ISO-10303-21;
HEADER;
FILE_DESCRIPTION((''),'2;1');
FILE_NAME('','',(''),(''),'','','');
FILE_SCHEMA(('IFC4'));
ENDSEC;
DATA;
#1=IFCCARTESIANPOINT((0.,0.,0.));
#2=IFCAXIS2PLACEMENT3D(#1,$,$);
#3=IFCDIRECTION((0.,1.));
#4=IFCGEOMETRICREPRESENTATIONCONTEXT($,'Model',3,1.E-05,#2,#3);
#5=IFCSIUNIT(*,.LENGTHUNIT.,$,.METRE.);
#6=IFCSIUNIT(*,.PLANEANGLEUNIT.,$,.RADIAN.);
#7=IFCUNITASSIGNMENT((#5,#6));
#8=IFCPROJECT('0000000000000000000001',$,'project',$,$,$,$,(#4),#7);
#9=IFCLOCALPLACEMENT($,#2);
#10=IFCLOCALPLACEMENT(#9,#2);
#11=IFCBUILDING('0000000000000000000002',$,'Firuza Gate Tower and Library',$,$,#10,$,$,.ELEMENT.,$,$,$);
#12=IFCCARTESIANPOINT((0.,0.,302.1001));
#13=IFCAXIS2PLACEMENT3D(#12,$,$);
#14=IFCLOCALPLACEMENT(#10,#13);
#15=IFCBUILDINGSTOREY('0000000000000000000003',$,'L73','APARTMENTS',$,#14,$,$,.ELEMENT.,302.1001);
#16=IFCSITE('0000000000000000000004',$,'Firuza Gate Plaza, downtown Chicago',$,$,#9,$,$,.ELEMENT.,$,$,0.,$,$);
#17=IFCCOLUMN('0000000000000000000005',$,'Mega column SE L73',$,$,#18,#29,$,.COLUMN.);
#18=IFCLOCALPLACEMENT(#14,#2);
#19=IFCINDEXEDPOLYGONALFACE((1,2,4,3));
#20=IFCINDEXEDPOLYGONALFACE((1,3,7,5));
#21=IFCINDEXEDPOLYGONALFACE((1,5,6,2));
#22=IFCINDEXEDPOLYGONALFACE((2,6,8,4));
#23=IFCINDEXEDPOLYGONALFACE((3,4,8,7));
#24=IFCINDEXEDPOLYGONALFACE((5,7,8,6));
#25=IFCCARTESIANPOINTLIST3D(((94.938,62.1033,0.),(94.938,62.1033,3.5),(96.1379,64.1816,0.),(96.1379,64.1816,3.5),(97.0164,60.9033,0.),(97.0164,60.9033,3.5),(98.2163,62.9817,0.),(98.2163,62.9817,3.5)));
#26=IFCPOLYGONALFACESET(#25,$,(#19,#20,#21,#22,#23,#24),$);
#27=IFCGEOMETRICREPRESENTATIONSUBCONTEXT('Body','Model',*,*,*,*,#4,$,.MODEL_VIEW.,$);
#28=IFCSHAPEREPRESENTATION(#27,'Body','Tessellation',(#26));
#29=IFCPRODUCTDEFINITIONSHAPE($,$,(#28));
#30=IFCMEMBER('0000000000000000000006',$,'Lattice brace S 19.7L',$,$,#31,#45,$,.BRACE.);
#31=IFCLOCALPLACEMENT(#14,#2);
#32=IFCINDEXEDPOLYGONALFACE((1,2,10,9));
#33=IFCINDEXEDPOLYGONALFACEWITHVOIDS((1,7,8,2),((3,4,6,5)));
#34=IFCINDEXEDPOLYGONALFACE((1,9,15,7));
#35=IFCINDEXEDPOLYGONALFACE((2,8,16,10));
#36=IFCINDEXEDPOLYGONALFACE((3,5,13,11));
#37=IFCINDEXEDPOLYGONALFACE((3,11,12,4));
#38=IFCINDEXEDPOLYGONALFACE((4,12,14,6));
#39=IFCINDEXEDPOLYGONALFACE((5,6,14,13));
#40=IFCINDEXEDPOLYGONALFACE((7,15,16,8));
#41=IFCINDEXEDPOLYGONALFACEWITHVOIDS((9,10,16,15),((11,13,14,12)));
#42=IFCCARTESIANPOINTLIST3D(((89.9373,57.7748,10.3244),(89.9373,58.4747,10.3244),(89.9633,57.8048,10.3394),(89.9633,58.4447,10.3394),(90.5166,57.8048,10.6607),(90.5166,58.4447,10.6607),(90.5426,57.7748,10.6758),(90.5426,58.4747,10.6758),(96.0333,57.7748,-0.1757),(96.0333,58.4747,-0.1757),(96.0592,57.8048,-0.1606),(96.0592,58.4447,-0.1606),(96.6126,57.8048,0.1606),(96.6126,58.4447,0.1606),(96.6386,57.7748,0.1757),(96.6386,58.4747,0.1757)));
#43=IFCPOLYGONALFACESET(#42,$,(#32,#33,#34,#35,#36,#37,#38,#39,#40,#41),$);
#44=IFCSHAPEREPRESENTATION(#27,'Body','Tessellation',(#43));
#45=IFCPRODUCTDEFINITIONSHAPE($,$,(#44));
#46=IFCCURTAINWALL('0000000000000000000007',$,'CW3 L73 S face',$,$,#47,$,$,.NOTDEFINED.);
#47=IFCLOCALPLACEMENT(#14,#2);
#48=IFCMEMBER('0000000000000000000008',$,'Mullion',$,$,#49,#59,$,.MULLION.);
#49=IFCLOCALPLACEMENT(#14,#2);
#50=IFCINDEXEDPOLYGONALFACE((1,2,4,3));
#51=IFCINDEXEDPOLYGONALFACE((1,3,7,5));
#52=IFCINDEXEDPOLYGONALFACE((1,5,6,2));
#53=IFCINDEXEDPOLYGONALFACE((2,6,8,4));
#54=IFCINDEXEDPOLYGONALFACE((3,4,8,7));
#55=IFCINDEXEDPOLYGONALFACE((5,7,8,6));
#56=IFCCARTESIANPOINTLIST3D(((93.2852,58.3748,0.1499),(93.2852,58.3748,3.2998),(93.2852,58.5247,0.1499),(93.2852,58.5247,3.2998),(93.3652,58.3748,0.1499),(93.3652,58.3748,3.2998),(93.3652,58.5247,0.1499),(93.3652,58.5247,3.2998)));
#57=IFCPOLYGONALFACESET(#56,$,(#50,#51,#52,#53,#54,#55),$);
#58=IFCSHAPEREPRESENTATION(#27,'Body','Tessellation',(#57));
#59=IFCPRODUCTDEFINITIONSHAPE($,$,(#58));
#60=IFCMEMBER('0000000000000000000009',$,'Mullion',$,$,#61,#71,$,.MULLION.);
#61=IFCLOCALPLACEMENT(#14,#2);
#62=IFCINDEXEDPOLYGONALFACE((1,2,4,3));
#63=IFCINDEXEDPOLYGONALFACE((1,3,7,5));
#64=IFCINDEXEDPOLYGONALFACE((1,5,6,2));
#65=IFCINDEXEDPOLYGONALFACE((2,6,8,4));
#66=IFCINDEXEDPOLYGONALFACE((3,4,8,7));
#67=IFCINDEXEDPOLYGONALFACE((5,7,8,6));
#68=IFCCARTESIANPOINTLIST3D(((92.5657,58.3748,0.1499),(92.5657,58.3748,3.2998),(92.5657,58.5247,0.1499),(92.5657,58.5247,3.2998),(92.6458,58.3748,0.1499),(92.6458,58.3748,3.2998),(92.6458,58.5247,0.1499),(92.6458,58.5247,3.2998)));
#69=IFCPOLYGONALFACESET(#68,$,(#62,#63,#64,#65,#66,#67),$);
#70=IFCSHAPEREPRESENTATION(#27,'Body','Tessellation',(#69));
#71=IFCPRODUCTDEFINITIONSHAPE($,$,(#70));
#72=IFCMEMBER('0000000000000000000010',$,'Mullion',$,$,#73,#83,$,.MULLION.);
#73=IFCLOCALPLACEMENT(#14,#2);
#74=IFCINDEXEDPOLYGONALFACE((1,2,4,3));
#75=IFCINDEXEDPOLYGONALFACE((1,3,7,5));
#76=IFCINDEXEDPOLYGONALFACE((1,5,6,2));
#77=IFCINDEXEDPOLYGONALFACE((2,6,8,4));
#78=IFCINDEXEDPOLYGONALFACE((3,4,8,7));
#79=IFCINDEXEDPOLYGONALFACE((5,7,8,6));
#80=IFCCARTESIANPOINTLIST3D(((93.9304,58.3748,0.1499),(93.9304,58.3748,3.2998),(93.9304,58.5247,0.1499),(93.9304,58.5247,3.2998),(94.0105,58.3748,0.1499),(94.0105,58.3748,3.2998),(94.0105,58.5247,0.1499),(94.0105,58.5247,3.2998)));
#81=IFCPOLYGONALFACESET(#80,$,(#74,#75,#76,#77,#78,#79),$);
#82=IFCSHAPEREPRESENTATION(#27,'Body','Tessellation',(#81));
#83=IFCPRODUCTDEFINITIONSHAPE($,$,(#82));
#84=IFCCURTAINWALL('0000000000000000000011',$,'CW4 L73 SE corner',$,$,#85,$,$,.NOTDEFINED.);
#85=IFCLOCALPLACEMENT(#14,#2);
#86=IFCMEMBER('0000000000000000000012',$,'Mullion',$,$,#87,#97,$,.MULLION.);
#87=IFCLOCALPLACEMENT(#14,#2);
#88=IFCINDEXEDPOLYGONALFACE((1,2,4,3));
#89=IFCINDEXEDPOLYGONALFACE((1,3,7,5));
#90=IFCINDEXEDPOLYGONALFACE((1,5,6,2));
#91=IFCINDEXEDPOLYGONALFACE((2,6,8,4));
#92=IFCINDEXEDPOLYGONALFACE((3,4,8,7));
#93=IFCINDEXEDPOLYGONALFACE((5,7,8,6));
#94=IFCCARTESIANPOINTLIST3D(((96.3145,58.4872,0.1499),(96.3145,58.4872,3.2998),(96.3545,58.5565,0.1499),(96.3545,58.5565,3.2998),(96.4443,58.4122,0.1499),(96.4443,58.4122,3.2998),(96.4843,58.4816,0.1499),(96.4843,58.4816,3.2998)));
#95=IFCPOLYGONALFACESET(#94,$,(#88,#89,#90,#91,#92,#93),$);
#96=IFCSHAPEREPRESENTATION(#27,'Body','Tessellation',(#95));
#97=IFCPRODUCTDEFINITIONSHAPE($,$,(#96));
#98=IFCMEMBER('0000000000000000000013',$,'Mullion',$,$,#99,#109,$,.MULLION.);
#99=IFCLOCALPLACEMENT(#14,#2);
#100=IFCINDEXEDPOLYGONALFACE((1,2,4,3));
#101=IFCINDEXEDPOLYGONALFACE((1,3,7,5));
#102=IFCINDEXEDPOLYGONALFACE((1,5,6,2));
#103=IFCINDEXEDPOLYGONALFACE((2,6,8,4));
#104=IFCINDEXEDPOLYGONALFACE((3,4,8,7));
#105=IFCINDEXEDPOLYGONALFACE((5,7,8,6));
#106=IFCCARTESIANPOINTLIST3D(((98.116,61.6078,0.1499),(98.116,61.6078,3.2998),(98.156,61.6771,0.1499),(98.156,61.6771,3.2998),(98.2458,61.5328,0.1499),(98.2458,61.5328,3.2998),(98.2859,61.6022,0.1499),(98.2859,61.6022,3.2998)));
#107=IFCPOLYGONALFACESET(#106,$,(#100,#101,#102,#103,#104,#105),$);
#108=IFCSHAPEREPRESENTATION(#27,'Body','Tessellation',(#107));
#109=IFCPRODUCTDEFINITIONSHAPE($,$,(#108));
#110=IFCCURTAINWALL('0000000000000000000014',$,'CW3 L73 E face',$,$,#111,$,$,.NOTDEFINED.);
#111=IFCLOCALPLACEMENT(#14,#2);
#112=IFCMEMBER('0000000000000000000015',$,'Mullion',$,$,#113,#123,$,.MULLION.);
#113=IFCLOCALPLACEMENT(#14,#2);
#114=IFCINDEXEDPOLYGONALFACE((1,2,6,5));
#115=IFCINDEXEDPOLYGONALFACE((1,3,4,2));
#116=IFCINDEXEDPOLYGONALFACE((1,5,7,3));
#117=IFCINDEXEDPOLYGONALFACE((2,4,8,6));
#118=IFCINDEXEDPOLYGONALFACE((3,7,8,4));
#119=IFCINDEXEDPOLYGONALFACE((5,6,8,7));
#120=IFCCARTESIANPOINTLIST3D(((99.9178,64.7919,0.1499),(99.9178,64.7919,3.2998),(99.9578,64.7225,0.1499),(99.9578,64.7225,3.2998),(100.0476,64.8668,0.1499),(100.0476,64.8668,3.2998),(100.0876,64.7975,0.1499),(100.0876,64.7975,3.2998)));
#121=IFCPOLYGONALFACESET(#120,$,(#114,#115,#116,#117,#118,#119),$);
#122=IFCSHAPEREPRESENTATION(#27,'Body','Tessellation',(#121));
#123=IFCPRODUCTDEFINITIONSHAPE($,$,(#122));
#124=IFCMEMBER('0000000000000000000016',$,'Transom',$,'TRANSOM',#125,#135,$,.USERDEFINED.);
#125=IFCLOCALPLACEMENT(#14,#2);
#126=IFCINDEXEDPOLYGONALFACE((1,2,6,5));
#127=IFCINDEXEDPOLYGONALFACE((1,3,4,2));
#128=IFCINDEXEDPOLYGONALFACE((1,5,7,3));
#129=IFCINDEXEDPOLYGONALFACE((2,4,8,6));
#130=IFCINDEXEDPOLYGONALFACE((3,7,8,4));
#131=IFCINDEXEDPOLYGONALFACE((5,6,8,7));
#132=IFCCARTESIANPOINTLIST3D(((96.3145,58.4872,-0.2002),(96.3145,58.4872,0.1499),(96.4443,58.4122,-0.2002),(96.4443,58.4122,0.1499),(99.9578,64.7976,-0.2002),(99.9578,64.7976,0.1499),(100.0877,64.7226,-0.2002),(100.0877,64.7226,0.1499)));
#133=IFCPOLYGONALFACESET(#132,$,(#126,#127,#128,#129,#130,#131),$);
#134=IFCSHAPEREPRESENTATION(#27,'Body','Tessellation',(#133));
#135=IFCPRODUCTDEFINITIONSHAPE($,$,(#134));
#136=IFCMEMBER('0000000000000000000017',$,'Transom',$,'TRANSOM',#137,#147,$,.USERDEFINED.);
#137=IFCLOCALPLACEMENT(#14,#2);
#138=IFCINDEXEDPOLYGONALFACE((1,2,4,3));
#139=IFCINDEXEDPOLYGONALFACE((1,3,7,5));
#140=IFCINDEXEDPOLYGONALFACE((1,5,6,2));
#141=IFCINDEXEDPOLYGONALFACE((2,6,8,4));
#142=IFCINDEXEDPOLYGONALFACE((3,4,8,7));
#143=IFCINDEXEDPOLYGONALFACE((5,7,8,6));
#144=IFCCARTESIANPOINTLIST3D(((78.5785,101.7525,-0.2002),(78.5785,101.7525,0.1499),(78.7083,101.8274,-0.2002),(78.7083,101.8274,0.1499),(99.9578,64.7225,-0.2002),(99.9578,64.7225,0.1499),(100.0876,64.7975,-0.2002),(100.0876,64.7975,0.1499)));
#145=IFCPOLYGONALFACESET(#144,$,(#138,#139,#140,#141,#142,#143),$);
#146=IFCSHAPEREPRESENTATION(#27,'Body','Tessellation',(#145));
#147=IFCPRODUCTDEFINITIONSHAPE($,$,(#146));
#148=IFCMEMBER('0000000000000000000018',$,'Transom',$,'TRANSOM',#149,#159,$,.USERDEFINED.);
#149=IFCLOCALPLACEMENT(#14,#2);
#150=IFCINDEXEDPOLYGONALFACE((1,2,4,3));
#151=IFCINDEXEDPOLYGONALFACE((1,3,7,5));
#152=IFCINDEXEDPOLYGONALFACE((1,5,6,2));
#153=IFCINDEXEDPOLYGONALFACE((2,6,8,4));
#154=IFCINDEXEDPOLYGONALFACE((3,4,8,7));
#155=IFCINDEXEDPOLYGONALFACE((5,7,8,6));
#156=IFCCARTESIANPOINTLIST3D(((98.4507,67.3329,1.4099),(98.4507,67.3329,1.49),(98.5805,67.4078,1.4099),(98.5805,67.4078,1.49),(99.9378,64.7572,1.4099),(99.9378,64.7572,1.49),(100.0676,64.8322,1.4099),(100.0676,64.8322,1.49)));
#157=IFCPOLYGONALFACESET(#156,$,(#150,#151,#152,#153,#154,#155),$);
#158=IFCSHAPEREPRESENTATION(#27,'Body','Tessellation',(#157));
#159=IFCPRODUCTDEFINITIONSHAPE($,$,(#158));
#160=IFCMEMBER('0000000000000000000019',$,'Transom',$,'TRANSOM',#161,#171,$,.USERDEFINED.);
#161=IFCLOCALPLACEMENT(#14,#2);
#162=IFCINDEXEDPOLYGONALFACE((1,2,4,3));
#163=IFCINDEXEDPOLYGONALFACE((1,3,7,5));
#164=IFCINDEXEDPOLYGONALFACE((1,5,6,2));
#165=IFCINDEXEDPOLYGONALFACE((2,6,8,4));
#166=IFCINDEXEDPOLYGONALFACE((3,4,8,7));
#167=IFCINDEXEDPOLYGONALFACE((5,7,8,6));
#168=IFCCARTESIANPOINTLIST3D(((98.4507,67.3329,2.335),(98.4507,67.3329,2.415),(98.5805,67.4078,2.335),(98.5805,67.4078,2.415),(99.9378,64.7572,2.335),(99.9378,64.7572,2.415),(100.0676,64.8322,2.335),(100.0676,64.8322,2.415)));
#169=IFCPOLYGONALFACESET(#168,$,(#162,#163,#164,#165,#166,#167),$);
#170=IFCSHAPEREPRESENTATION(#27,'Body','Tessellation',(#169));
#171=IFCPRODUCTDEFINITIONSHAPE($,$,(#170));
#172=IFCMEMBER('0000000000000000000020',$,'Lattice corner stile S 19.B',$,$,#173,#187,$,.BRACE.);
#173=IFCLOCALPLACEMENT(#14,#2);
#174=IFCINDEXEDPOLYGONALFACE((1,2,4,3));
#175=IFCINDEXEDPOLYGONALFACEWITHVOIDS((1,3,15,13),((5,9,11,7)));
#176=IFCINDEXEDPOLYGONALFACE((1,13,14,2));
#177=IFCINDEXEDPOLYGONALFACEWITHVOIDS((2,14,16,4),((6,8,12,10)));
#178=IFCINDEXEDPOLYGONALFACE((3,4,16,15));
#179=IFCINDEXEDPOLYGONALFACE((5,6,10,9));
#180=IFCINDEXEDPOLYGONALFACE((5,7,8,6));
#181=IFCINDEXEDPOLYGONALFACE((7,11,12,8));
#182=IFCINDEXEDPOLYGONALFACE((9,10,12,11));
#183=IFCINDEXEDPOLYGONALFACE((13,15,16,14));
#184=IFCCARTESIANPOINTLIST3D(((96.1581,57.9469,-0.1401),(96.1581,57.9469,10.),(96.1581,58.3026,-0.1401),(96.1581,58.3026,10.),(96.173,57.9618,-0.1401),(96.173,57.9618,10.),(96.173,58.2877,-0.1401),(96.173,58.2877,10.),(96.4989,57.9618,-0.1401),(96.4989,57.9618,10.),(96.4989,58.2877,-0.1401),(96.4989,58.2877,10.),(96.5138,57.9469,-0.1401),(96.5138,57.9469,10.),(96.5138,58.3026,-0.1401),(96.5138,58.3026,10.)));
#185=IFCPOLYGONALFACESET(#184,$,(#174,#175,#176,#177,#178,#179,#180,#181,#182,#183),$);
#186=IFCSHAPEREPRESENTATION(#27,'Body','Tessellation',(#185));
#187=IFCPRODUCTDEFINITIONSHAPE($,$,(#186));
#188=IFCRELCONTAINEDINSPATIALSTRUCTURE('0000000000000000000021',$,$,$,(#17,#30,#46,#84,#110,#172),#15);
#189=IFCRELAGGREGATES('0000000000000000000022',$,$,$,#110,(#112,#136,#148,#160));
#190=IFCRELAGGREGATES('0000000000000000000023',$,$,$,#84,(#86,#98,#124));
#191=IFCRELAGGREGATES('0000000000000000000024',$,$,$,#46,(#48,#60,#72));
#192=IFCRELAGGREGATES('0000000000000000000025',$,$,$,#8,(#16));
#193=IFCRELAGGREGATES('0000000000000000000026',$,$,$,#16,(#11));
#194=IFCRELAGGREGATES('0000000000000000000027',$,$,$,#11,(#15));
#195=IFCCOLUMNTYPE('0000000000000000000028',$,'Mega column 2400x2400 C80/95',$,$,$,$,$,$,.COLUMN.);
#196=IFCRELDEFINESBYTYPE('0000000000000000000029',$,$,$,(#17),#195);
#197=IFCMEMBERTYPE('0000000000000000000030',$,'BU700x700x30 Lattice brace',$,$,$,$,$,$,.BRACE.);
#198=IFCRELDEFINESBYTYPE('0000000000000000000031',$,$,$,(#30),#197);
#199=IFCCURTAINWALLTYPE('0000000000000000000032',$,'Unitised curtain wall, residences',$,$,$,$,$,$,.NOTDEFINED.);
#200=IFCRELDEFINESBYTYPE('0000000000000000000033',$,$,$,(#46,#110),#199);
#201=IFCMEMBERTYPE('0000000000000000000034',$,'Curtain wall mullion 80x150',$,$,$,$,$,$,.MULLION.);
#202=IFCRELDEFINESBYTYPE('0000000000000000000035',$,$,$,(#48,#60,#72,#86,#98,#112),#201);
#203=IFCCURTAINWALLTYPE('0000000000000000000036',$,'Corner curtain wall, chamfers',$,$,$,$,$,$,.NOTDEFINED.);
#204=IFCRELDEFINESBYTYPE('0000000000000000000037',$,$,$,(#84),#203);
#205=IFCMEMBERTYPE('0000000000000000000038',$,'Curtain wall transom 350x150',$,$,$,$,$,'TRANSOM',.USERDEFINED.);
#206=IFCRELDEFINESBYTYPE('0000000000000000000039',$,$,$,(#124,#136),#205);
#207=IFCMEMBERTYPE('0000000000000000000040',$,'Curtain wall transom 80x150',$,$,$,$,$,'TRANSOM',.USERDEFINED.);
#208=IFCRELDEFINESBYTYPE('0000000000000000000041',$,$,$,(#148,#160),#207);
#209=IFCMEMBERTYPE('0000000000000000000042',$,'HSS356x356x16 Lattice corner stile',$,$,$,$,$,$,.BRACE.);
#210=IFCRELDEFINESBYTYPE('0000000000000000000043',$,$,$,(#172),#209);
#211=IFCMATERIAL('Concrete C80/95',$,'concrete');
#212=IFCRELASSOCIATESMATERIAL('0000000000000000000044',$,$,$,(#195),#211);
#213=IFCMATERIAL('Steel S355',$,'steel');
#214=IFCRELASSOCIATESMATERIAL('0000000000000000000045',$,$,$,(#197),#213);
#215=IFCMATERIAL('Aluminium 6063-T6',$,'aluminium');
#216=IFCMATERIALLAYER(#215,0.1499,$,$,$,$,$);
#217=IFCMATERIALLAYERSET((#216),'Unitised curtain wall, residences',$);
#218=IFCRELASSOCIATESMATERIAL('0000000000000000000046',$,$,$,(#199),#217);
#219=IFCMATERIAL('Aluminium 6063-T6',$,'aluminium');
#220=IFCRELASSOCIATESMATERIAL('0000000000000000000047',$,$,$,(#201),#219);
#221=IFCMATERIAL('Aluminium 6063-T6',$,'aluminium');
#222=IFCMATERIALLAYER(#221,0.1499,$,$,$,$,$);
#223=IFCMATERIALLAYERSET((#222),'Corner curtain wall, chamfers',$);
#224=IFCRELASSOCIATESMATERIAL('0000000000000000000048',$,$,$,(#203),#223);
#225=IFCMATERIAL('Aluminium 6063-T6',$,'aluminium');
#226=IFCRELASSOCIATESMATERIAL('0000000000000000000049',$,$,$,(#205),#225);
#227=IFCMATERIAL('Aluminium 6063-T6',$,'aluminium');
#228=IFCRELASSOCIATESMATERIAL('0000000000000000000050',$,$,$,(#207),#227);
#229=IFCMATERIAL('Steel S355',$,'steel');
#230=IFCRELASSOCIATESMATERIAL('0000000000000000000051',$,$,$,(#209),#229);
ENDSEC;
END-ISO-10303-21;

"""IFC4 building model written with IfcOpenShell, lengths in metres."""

from ifc_helpers import new_model, si_unit, direction, frame, origin, origin_2d, place, context, subcontext, project, spatial, rectangle, hollow_rectangle, extrude, material, layer, layer_set, material_profile, profile_set, type_object, element, aggregate, save


model = new_model("IFC4")

# Units and contexts
model_context = context("Model", 3, precision=1e-05, world=origin(), true_north=direction((0.0, 1.0)))
body_context = subcontext(model_context, "Body", "Model", "MODEL_VIEW")
ifc_project = project(units=[si_unit("LENGTHUNIT", "METRE"), si_unit("PLANEANGLEUNIT", "RADIAN")], contexts=[model_context])

# Site, building, storey
site_placement = place(None, origin())
site = spatial("IfcSite", under=ifc_project, at=site_placement, Name="Firuza Gate Plaza, downtown Chicago", CompositionType="ELEMENT", RefElevation=0.0)
building_placement = place(site_placement, origin())
building = spatial("IfcBuilding", under=site, at=building_placement, Name="Firuza Gate Tower and Library", CompositionType="ELEMENT")
storey_placement = place(building_placement, frame((0.0, 0.0, 302.1001)))
storey = spatial("IfcBuildingStorey", under=building, at=storey_placement, Name="L73", Description="APARTMENTS", CompositionType="ELEMENT", Elevation=302.1001)

# Column
ifc_material_1 = material(Name="Concrete C80/95", Category="concrete")
ifc_material_profile_1 = material_profile(ifc_material_1, rectangle(XDim=2.3999, YDim=2.3999, at=origin_2d()))
ifc_profile_set_1 = profile_set([ifc_material_profile_1], Name="Concrete C80/95")
column_type = type_object("IfcColumnType", Name="Mega column 2400x2400 C80/95", PredefinedType="COLUMN", material=ifc_profile_set_1)
column_placement = place(storey_placement, frame((96.5771, 62.5425, 0.0), z_axis=(0.0, 0.0, 1.0), x_axis=(0.5, 0.866025, 0.0)))
element("IfcColumn", 1, at=column_placement, inside=storey, type_object=column_type, Name="Mega column SE L73", PredefinedType="COLUMN", context=body_context, shape_type="SweptSolid", body=[
    extrude(rectangle(XDim=2.3999, YDim=2.3999, at=origin_2d()), origin(), (0.0, 0.0, 1.0), 3.5),
])

# Member
ifc_material_2 = material(Name="Steel S355", Category="steel")
ifc_material_profile_2 = material_profile(ifc_material_2, hollow_rectangle(XDim=0.7, YDim=0.7, WallThickness=0.03, at=origin_2d()))
ifc_profile_set_2 = profile_set([ifc_material_profile_2], Name="Steel S355")
member_type_1 = type_object("IfcMemberType", Name="BU700x700x30 Lattice brace", PredefinedType="BRACE", material=ifc_profile_set_2)
member_1_placement = place(storey_placement, frame((96.3359, 58.1248, 0.0), z_axis=(-0.502085, 0.0, 0.864819), x_axis=(0.0, -1.0, 0.0)))
element("IfcMember", 2, at=member_1_placement, inside=storey, type_object=member_type_1, Name="Lattice brace S 19.7L", PredefinedType="BRACE", context=body_context, shape_type="SweptSolid", body=[
    extrude(hollow_rectangle(XDim=0.7, YDim=0.7, WallThickness=0.03, at=origin_2d()), origin(), (0.0, 0.0, 1.0), 12.1414),
])

# Curtain walls, members
ifc_material_3 = material(Name="Aluminium 6063-T6", Category="aluminium")
ifc_layer_1 = layer(ifc_material_3, 0.1499)
ifc_layer_set_1 = layer_set([ifc_layer_1], Name="Unitised curtain wall, residences")
curtain_wall_type_1 = type_object("IfcCurtainWallType", Name="Unitised curtain wall, residences", PredefinedType="NOTDEFINED", material=ifc_layer_set_1)
placement = place(storey_placement, origin())
curtain_wall_1 = element("IfcCurtainWall", 3, at=placement, inside=storey, type_object=curtain_wall_type_1, Name="CW3 L73 S face", PredefinedType="NOTDEFINED")
ifc_material_4 = material(Name="Aluminium 6063-T6", Category="aluminium")
ifc_material_profile_3 = material_profile(ifc_material_4, rectangle(XDim=0.1499, YDim=0.0801, at=origin_2d()))
ifc_profile_set_3 = profile_set([ifc_material_profile_3], Name="Aluminium 6063-T6")
member_type_2 = type_object("IfcMemberType", Name="Curtain wall mullion 80x150", PredefinedType="MULLION", material=ifc_profile_set_3)
member_2_placement = place(storey_placement, frame((93.3252, 58.4497, 0.1499), z_axis=(0.0, 0.0, 1.0), x_axis=(0.0, 1.0, 0.0)))
member_2 = element("IfcMember", 4, at=member_2_placement, type_object=member_type_2, Name="Mullion", PredefinedType="MULLION", context=body_context, shape_type="SweptSolid", body=[
    extrude(rectangle(XDim=0.1499, YDim=0.0801, at=origin_2d()), origin(), (0.0, 0.0, 1.0), 3.1499),
])
member_3_placement = place(storey_placement, frame((92.6057, 58.4497, 0.1499), z_axis=(0.0, 0.0, 1.0), x_axis=(0.0, 1.0, 0.0)))
member_3 = element("IfcMember", 5, at=member_3_placement, type_object=member_type_2, Name="Mullion", PredefinedType="MULLION", context=body_context, shape_type="SweptSolid", body=[
    extrude(rectangle(XDim=0.1499, YDim=0.0801, at=origin_2d()), origin(), (0.0, 0.0, 1.0), 3.1499),
])
member_4_placement = place(storey_placement, frame((93.9705, 58.4497, 0.1499), z_axis=(0.0, 0.0, 1.0), x_axis=(0.0, 1.0, 0.0)))
member_4 = element("IfcMember", 6, at=member_4_placement, type_object=member_type_2, Name="Mullion", PredefinedType="MULLION", context=body_context, shape_type="SweptSolid", body=[
    extrude(rectangle(XDim=0.1499, YDim=0.0801, at=origin_2d()), origin(), (0.0, 0.0, 1.0), 3.1499),
])
ifc_material_5 = material(Name="Aluminium 6063-T6", Category="aluminium")
ifc_layer_2 = layer(ifc_material_5, 0.1499)
ifc_layer_set_2 = layer_set([ifc_layer_2], Name="Corner curtain wall, chamfers")
curtain_wall_type_2 = type_object("IfcCurtainWallType", Name="Corner curtain wall, chamfers", PredefinedType="NOTDEFINED", material=ifc_layer_set_2)
curtain_wall_2 = element("IfcCurtainWall", 7, at=placement, inside=storey, type_object=curtain_wall_type_2, Name="CW4 L73 SE corner", PredefinedType="NOTDEFINED")
member_5_placement = place(storey_placement, frame((96.3994, 58.4844, 0.1499), z_axis=(0.0, 0.0, 1.0), x_axis=(-0.866025, 0.5, 0.0)))
member_5 = element("IfcMember", 8, at=member_5_placement, type_object=member_type_2, Name="Mullion", PredefinedType="MULLION", context=body_context, shape_type="SweptSolid", body=[
    extrude(rectangle(XDim=0.1499, YDim=0.0801, at=origin_2d()), origin(), (0.0, 0.0, 1.0), 3.1499),
])
member_6_placement = place(storey_placement, frame((98.2009, 61.605, 0.1499), z_axis=(0.0, 0.0, 1.0), x_axis=(-0.866025, 0.5, 0.0)))
member_6 = element("IfcMember", 9, at=member_6_placement, type_object=member_type_2, Name="Mullion", PredefinedType="MULLION", context=body_context, shape_type="SweptSolid", body=[
    extrude(rectangle(XDim=0.1499, YDim=0.0801, at=origin_2d()), origin(), (0.0, 0.0, 1.0), 3.1499),
])

# Curtain wall, member
curtain_wall_3 = element("IfcCurtainWall", 10, at=placement, inside=storey, type_object=curtain_wall_type_1, Name="CW3 L73 E face", PredefinedType="NOTDEFINED")
member_7_placement = place(storey_placement, frame((100.0027, 64.7947, 0.1499), z_axis=(0.0, 0.0, 1.0), x_axis=(-0.866025, -0.5, 0.0)))
member_7 = element("IfcMember", 11, at=member_7_placement, type_object=member_type_2, Name="Mullion", PredefinedType="MULLION", context=body_context, shape_type="SweptSolid", body=[
    extrude(rectangle(XDim=0.1499, YDim=0.0801, at=origin_2d()), origin(), (0.0, 0.0, 1.0), 3.1499),
])

# Members
ifc_material_6 = material(Name="Aluminium 6063-T6", Category="aluminium")
ifc_material_profile_4 = material_profile(ifc_material_6, rectangle(XDim=0.1499, YDim=0.3501, at=origin_2d()))
ifc_profile_set_4 = profile_set([ifc_material_profile_4], Name="Aluminium 6063-T6")
member_type_3 = type_object("IfcMemberType", Name="Curtain wall transom 350x150", ElementType="TRANSOM", PredefinedType="USERDEFINED", material=ifc_profile_set_4)
member_8_placement = place(storey_placement, frame((96.3794, 58.4497, -0.0251), z_axis=(0.500006, 0.866022, 0.0), x_axis=(-0.866022, 0.500006, 0.0)))
member_8 = element("IfcMember", 12, at=member_8_placement, type_object=member_type_3, Name="Transom", ObjectType="TRANSOM", PredefinedType="USERDEFINED", context=body_context, shape_type="SweptSolid", body=[
    extrude(rectangle(XDim=0.1499, YDim=0.3501, at=origin_2d()), origin(), (0.0, 0.0, 1.0), 7.2866),
])
member_9_placement = place(storey_placement, frame((100.0227, 64.76, -0.0251), z_axis=(-0.500002, 0.866024, 0.0), x_axis=(-0.866024, -0.500002, 0.0)))
member_9 = element("IfcMember", 13, at=member_9_placement, type_object=member_type_3, Name="Transom", ObjectType="TRANSOM", PredefinedType="USERDEFINED", context=body_context, shape_type="SweptSolid", body=[
    extrude(rectangle(XDim=0.1499, YDim=0.3501, at=origin_2d()), origin(), (0.0, 0.0, 1.0), 42.7585),
])
ifc_material_7 = material(Name="Aluminium 6063-T6", Category="aluminium")
ifc_material_profile_5 = material_profile(ifc_material_7, rectangle(XDim=0.1499, YDim=0.0801, at=origin_2d()))
ifc_profile_set_5 = profile_set([ifc_material_profile_5], Name="Aluminium 6063-T6")
member_type_4 = type_object("IfcMemberType", Name="Curtain wall transom 80x150", ElementType="TRANSOM", PredefinedType="USERDEFINED", material=ifc_profile_set_5)
member_10_placement = place(storey_placement, frame((100.0027, 64.7947, 1.45), z_axis=(-0.499997, 0.866027, 0.0), x_axis=(-0.866027, -0.499997, 0.0)))
member_10 = element("IfcMember", 14, at=member_10_placement, type_object=member_type_4, Name="Transom", ObjectType="TRANSOM", PredefinedType="USERDEFINED", context=body_context, shape_type="SweptSolid", body=[
    extrude(rectangle(XDim=0.1499, YDim=0.0801, at=origin_2d()), origin(), (0.0, 0.0, 1.0), 2.9741),
])
member_11_placement = place(storey_placement, frame((100.0027, 64.7947, 2.375), z_axis=(-0.499997, 0.866027, 0.0), x_axis=(-0.866027, -0.499997, 0.0)))
member_11 = element("IfcMember", 15, at=member_11_placement, type_object=member_type_4, Name="Transom", ObjectType="TRANSOM", PredefinedType="USERDEFINED", context=body_context, shape_type="SweptSolid", body=[
    extrude(rectangle(XDim=0.1499, YDim=0.0801, at=origin_2d()), origin(), (0.0, 0.0, 1.0), 2.9741),
])
aggregate(curtain_wall_3, [member_7, member_9, member_10, member_11])

# Member
ifc_material_8 = material(Name="Steel S355", Category="steel")
ifc_material_profile_6 = material_profile(ifc_material_8, hollow_rectangle(XDim=0.3557, YDim=0.3557, WallThickness=0.0149, at=origin_2d()))
ifc_profile_set_6 = profile_set([ifc_material_profile_6], Name="Steel S355")
member_type_5 = type_object("IfcMemberType", Name="HSS356x356x16 Lattice corner stile", PredefinedType="BRACE", material=ifc_profile_set_6)
member_12_placement = place(storey_placement, frame((96.3359, 58.1248, -0.1401), z_axis=(0.0, 0.0, 1.0), x_axis=(1.0, 0.0, 0.0)))
element("IfcMember", 16, at=member_12_placement, inside=storey, type_object=member_type_5, Name="Lattice corner stile S 19.B", PredefinedType="BRACE", context=body_context, shape_type="SweptSolid", body=[
    extrude(hollow_rectangle(XDim=0.3557, YDim=0.3557, WallThickness=0.0149, at=origin_2d()), origin(), (0.0, 0.0, 1.0), 10.1401),
])

aggregate(curtain_wall_2, [member_5, member_6, member_8])
aggregate(curtain_wall_1, [member_2, member_3, member_4])

save(model, "model.ifc")
